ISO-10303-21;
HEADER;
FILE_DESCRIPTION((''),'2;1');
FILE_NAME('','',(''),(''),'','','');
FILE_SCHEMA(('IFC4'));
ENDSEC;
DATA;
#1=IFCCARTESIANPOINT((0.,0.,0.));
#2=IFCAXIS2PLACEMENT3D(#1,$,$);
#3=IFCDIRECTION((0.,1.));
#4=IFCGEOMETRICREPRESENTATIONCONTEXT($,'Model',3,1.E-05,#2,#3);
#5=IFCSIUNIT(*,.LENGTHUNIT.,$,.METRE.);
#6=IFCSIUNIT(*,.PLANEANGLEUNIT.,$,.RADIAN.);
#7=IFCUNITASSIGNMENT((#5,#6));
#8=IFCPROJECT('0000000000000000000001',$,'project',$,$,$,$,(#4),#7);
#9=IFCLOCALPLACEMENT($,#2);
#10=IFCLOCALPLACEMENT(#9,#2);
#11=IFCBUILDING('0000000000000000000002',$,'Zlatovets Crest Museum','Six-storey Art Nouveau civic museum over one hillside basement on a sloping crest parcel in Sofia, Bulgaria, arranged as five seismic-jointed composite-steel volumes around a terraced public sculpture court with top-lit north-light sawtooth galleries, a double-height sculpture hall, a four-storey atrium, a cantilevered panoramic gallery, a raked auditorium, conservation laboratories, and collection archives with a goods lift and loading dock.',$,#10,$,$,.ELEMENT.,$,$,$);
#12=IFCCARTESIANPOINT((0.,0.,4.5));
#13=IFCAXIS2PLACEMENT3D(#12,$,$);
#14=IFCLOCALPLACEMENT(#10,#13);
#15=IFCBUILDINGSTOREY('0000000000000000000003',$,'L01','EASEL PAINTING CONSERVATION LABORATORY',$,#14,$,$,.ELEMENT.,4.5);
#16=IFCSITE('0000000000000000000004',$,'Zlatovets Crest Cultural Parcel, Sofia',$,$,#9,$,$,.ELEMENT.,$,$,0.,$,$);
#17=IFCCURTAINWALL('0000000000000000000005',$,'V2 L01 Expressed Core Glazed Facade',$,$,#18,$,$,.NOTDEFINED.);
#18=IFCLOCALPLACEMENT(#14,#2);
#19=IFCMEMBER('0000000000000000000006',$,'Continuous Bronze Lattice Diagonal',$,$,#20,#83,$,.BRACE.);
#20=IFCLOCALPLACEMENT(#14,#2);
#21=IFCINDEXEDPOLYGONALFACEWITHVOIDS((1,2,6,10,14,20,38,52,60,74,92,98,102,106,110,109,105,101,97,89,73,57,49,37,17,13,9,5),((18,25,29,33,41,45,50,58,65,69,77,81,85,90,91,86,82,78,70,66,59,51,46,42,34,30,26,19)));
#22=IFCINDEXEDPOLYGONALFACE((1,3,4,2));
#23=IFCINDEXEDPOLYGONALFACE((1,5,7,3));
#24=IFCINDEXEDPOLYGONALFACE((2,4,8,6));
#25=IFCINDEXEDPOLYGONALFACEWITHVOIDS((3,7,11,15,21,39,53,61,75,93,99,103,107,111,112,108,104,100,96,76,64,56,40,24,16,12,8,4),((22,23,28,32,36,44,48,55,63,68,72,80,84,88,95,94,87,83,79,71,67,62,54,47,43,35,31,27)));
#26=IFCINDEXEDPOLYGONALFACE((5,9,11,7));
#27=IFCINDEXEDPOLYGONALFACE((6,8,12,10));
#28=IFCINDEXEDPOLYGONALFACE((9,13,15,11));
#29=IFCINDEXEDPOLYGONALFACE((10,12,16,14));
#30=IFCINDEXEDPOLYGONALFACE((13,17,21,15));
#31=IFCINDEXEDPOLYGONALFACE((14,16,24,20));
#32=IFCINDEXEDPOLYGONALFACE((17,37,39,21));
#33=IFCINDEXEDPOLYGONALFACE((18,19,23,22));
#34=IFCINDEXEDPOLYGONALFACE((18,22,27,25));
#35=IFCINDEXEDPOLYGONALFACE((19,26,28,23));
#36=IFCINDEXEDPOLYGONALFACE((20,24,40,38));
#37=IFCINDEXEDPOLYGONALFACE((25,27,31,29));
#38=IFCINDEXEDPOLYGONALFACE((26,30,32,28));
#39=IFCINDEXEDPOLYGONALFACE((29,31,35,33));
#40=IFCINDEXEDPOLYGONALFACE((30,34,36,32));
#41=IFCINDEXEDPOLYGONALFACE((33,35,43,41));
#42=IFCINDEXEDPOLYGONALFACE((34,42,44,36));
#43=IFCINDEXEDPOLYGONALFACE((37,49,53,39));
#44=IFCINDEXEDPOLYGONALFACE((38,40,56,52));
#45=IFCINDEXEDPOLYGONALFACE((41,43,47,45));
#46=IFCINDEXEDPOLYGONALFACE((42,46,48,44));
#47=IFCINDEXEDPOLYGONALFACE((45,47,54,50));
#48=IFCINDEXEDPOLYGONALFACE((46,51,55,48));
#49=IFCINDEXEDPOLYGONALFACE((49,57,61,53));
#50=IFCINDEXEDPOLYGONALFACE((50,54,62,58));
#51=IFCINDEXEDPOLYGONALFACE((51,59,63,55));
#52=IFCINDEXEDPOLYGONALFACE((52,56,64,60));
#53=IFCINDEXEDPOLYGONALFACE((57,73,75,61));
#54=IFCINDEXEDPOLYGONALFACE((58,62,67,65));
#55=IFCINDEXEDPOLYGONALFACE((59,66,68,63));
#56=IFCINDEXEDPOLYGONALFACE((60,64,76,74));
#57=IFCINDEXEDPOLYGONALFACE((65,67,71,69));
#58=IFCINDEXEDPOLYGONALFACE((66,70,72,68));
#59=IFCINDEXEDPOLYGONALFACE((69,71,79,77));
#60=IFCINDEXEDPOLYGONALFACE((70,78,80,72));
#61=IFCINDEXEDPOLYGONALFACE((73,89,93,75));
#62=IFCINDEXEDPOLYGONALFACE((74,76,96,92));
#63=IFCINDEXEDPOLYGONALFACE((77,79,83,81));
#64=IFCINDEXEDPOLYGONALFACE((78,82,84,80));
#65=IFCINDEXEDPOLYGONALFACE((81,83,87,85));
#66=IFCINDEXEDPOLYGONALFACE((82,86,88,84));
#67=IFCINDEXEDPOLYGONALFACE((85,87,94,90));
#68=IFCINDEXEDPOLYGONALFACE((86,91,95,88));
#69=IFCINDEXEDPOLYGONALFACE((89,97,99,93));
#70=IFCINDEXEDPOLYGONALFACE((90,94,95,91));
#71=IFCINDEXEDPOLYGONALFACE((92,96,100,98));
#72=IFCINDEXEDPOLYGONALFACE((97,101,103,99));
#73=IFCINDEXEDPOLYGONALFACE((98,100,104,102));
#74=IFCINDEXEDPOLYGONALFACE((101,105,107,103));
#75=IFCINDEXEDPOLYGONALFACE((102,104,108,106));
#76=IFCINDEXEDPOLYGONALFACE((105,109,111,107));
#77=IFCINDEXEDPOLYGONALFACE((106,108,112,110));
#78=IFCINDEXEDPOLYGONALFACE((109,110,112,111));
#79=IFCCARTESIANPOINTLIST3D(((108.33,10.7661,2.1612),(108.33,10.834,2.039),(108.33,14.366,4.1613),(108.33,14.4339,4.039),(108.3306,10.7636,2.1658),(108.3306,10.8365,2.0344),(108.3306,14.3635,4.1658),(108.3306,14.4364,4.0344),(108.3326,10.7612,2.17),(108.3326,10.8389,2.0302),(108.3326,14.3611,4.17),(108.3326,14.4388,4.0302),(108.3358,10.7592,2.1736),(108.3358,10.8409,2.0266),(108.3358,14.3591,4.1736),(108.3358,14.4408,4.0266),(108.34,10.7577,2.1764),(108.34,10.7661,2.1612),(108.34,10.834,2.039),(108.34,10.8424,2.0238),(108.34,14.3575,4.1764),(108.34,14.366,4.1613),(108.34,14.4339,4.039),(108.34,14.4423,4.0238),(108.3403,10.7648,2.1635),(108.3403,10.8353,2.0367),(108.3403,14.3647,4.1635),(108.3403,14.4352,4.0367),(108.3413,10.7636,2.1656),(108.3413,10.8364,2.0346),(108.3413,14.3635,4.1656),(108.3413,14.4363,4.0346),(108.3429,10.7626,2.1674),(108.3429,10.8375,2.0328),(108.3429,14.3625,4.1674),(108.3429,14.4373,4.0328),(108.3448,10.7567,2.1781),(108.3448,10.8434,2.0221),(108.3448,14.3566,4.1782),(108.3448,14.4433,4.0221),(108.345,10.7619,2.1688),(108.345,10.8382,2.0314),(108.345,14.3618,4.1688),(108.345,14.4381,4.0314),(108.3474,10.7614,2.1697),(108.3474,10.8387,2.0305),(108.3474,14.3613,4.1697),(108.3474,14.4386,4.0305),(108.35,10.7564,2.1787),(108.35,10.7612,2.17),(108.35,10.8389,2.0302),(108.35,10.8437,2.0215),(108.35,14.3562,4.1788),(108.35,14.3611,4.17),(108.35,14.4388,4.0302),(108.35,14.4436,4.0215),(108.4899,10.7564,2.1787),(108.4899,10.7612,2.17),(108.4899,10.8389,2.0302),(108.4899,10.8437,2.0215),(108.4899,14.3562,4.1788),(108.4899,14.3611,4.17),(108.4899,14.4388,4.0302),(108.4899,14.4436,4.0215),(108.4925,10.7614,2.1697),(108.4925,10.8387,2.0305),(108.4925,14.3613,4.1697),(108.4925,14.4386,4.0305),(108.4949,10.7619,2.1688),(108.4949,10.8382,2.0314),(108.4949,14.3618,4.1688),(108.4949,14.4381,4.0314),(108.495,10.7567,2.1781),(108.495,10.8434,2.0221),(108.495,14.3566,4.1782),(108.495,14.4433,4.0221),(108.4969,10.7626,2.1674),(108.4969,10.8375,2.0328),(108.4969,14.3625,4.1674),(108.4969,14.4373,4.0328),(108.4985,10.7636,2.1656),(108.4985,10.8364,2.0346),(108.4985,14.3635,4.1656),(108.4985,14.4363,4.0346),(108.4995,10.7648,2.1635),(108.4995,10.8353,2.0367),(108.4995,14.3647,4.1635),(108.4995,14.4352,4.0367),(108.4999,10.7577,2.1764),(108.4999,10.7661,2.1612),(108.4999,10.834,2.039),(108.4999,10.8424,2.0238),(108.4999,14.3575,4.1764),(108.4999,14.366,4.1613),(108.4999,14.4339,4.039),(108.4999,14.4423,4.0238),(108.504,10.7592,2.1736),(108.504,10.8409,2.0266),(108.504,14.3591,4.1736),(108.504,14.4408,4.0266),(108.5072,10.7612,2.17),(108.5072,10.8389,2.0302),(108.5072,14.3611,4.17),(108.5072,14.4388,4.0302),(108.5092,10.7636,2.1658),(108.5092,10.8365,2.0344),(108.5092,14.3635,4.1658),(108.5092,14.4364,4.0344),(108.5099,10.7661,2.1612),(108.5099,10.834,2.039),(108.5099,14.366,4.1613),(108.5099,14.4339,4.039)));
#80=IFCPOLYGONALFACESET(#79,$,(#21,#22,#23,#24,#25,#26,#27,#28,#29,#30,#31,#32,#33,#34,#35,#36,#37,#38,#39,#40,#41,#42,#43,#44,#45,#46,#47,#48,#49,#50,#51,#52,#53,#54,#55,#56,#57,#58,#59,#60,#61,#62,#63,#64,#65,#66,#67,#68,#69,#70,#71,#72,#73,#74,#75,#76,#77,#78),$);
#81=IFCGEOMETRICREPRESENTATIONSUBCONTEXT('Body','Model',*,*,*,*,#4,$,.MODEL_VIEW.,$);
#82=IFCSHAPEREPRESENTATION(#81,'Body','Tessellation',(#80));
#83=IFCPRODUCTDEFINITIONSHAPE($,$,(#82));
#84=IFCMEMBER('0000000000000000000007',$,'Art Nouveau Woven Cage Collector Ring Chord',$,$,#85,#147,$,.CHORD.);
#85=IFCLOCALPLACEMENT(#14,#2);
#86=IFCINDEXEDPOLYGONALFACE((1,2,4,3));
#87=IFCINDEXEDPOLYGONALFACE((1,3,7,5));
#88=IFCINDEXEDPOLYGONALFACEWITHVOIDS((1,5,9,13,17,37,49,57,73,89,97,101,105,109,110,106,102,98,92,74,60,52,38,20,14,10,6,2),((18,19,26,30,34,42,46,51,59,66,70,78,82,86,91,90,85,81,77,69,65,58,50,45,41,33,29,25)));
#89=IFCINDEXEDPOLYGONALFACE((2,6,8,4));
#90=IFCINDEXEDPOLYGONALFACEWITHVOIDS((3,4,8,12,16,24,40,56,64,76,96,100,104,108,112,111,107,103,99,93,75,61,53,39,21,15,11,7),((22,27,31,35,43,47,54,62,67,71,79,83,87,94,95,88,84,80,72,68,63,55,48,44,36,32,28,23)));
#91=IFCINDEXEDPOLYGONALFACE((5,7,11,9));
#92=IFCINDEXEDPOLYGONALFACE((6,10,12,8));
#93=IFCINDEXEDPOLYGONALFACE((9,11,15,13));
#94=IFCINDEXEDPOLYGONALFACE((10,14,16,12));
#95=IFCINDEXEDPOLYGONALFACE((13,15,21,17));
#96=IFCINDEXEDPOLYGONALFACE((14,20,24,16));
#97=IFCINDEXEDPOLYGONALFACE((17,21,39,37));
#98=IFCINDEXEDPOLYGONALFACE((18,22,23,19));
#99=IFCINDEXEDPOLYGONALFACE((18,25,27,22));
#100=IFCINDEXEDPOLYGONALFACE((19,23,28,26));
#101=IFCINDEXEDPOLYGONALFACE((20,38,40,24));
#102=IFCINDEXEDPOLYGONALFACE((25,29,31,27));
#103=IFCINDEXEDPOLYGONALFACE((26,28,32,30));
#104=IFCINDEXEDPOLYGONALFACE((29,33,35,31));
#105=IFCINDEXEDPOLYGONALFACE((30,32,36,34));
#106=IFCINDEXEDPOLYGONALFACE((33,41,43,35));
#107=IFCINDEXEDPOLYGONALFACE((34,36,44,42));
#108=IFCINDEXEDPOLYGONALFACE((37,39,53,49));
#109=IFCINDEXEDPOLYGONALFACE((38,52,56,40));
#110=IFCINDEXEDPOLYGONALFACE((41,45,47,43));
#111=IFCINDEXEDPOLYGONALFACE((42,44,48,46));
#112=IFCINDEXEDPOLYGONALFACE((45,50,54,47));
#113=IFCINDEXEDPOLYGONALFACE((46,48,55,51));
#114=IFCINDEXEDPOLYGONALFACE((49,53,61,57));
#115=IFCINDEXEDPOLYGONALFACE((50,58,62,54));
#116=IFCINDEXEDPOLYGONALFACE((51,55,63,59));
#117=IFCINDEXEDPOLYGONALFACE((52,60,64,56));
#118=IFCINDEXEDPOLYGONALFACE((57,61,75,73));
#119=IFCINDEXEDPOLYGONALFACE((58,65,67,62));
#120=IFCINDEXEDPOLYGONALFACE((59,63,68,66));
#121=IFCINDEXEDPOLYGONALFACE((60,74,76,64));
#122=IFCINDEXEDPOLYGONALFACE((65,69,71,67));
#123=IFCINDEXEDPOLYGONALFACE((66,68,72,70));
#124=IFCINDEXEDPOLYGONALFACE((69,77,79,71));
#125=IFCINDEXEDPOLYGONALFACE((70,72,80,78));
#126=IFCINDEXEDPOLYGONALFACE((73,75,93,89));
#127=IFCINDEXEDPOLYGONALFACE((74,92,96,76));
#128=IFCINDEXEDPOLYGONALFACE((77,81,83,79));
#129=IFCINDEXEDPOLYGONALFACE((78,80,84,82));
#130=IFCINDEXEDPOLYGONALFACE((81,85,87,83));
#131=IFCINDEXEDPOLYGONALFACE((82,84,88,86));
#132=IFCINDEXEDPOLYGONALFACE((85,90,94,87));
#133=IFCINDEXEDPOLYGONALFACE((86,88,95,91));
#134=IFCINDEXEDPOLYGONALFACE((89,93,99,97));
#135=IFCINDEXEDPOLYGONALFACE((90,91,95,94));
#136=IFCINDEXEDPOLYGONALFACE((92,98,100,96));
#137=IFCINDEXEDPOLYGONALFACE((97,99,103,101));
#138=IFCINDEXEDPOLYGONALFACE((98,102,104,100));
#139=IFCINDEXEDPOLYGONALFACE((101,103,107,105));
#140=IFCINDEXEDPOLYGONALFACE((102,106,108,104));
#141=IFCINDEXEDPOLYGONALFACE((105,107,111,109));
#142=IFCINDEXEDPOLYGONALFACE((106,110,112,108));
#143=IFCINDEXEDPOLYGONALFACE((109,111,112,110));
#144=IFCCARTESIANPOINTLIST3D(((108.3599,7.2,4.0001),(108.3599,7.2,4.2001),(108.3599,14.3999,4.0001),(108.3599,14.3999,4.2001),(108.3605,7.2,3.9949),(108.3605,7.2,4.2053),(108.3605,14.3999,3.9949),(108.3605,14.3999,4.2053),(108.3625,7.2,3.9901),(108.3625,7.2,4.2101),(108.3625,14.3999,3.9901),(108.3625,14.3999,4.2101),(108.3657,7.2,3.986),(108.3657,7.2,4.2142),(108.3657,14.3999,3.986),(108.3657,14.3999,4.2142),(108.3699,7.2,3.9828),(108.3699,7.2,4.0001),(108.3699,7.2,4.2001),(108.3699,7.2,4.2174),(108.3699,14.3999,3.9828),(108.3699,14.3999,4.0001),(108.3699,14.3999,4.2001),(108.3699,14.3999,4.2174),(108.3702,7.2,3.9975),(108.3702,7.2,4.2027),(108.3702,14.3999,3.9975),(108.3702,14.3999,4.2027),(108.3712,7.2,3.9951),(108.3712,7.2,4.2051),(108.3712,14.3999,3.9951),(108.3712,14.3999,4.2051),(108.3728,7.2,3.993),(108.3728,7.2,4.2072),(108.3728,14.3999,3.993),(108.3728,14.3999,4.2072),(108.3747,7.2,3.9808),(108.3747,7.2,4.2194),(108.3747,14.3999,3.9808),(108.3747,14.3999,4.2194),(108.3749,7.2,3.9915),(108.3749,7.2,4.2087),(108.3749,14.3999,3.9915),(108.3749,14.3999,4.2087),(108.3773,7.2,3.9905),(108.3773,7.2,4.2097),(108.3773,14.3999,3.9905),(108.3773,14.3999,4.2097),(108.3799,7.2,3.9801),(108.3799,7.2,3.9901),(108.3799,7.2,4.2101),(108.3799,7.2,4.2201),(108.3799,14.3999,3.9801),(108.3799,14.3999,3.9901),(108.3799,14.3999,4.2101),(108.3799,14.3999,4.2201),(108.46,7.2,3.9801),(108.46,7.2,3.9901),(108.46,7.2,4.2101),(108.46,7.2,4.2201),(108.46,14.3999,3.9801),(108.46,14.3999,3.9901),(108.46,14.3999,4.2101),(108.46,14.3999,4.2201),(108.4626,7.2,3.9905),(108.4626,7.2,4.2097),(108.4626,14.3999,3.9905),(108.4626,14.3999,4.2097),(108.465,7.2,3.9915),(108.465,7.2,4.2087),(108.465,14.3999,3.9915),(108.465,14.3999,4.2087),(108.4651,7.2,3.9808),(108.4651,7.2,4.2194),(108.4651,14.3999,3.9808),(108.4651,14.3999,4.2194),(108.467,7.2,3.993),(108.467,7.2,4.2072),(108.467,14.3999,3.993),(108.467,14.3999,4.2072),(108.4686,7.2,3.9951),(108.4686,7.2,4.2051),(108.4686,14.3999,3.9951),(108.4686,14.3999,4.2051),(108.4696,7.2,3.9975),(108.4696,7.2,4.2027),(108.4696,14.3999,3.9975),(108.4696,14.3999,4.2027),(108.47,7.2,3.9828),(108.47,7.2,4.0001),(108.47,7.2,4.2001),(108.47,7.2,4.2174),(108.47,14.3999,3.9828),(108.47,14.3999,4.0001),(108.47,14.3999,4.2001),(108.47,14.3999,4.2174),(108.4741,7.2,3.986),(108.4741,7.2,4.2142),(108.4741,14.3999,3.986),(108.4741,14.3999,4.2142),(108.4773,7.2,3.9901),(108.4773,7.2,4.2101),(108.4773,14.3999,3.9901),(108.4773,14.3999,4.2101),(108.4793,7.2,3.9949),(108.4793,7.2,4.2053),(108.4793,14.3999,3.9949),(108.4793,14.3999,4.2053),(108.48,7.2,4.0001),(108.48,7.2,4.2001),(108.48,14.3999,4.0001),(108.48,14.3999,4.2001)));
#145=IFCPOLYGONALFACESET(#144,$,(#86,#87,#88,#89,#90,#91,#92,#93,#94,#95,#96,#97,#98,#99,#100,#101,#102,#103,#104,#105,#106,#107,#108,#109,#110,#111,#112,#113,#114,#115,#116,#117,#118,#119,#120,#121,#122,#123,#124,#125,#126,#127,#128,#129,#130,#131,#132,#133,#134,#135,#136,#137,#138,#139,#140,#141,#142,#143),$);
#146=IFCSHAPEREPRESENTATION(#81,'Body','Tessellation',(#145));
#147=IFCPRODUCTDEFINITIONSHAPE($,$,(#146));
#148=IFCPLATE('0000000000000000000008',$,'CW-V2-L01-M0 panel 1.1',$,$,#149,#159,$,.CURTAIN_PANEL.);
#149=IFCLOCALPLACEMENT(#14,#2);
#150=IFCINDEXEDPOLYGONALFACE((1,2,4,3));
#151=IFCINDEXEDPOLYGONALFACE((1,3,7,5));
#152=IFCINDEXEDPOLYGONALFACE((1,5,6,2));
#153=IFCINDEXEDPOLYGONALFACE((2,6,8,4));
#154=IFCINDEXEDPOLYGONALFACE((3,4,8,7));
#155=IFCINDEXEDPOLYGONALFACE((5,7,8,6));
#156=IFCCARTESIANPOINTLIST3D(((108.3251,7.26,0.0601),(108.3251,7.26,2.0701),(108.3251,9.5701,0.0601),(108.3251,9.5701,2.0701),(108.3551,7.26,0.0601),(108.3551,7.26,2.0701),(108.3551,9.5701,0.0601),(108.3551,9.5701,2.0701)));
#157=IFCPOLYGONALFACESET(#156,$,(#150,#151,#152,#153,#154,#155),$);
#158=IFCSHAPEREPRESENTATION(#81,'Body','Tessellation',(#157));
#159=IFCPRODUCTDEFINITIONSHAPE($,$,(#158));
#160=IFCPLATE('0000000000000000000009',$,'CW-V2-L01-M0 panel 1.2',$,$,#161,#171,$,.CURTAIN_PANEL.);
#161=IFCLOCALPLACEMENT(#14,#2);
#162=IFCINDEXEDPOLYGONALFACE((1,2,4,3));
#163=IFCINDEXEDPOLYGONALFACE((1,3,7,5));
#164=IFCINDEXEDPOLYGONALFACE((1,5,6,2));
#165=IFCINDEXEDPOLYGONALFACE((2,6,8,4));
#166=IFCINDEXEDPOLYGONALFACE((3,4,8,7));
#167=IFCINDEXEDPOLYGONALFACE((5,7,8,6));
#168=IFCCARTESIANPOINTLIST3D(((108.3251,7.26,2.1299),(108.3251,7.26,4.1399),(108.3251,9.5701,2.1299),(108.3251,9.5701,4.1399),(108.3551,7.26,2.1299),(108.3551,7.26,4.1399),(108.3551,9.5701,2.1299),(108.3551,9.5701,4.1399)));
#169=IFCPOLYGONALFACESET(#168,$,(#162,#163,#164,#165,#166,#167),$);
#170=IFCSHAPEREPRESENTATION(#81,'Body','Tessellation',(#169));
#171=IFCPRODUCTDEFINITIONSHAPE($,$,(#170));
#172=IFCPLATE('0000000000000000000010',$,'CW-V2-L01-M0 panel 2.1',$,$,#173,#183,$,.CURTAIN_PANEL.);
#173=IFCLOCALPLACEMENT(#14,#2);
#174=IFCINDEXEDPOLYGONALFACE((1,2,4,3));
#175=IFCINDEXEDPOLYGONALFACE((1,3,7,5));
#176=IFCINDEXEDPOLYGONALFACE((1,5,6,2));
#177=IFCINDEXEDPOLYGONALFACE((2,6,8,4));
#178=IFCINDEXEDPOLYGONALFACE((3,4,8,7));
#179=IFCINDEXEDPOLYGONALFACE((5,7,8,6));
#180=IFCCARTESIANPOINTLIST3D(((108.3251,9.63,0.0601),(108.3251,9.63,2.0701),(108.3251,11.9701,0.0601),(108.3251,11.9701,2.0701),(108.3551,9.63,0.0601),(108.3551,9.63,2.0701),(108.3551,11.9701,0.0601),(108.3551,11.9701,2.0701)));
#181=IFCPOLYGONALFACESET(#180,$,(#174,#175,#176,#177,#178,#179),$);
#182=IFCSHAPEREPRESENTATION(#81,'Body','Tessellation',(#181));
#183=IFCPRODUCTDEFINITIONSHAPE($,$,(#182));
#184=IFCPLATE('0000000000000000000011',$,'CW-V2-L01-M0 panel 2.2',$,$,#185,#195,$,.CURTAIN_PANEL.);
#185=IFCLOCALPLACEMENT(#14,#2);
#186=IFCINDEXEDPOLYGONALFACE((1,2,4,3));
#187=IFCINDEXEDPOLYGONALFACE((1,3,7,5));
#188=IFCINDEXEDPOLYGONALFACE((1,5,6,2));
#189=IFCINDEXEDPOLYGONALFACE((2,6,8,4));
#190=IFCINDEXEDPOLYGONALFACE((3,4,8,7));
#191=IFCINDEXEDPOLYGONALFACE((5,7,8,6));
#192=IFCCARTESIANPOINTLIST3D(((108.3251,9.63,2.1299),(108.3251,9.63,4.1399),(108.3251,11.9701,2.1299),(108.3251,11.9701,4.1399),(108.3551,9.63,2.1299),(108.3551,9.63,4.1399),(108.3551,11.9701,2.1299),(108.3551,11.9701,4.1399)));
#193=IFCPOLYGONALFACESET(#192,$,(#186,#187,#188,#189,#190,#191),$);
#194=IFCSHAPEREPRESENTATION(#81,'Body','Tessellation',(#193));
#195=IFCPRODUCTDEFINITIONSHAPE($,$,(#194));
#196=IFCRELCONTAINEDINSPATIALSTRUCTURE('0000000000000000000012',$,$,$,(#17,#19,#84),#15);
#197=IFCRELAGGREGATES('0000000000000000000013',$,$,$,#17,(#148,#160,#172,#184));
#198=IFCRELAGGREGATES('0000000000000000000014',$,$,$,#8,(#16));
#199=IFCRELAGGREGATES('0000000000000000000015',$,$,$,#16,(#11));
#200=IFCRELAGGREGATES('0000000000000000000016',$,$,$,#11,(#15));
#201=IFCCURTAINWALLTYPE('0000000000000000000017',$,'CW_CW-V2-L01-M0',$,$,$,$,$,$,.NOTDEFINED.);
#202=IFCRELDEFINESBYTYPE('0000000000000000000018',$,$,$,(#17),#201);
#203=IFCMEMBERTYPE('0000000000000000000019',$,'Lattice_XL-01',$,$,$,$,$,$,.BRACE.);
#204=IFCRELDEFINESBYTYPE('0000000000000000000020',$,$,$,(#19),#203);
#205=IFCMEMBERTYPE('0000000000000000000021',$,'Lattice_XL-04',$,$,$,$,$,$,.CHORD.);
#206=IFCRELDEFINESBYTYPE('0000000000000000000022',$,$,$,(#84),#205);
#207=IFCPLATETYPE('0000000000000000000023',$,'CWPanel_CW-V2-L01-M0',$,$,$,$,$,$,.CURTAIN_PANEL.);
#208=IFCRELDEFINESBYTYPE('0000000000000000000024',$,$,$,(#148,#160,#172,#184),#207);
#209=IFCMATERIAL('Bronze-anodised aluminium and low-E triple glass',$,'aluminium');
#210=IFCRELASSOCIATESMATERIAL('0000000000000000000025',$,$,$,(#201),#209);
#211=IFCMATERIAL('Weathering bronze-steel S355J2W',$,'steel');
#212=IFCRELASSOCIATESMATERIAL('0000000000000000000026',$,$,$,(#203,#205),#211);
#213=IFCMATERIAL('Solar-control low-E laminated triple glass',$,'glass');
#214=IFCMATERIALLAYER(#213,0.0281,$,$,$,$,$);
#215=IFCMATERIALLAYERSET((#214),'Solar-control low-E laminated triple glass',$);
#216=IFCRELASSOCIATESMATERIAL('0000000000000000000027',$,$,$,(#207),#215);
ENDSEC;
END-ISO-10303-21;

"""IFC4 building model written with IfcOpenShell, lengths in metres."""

from ifc_helpers import new_model, si_unit, direction, frame, origin, origin_2d, place, context, subcontext, project, spatial, rectangle, hollow_rectangle, extrude, material, layer, layer_set, material_profile, profile_set, type_object, element, aggregate, save


model = new_model("IFC4")

# Units and contexts
model_context = context("Model", 3, precision=1e-05, world=origin(), true_north=direction((0.0, 1.0)))
body_context = subcontext(model_context, "Body", "Model", "MODEL_VIEW")
ifc_project = project(units=[si_unit("LENGTHUNIT", "METRE"), si_unit("PLANEANGLEUNIT", "RADIAN")], contexts=[model_context])

# Site, building, storey
site_placement = place(None, origin())
site = spatial("IfcSite", under=ifc_project, at=site_placement, Name="Zlatovets Crest Cultural Parcel, Sofia", CompositionType="ELEMENT", RefElevation=0.0)
building_placement = place(site_placement, origin())
building = spatial("IfcBuilding", under=site, at=building_placement, Name="Zlatovets Crest Museum", Description="Six-storey Art Nouveau civic museum over one hillside basement on a sloping crest parcel in Sofia, Bulgaria, arranged as five seismic-jointed composite-steel volumes around a terraced public sculpture court with top-lit north-light sawtooth galleries, a double-height sculpture hall, a four-storey atrium, a cantilevered panoramic gallery, a raked auditorium, conservation laboratories, and collection archives with a goods lift and loading dock.", CompositionType="ELEMENT")
storey_placement = place(building_placement, frame((0.0, 0.0, 4.5)))
storey = spatial("IfcBuildingStorey", under=building, at=storey_placement, Name="L01", Description="EASEL PAINTING CONSERVATION LABORATORY", CompositionType="ELEMENT", Elevation=4.5)

# Curtain wall
ifc_material_1 = material(Name="Bronze-anodised aluminium and low-E triple glass", Category="aluminium")
curtain_wall_type = type_object("IfcCurtainWallType", Name="CW_CW-V2-L01-M0", PredefinedType="NOTDEFINED", material=ifc_material_1)
curtain_wall_placement = place(storey_placement, origin())
curtain_wall = element("IfcCurtainWall", 1, at=curtain_wall_placement, inside=storey, type_object=curtain_wall_type, Name="V2 L01 Expressed Core Glazed Facade", PredefinedType="NOTDEFINED")

# Members
ifc_material_2 = material(Name="Weathering bronze-steel S355J2W", Category="steel")
ifc_material_profile_1 = material_profile(ifc_material_2, hollow_rectangle(XDim=0.1799, YDim=0.1799, WallThickness=0.01, InnerFilletRadius=0.01, OuterFilletRadius=0.02, at=origin_2d()), Name="SHS 180x180x10.0")
ifc_profile_set_1 = profile_set([ifc_material_profile_1], Name="Weathering bronze-steel S355J2W")
member_type_1 = type_object("IfcMemberType", Name="Lattice_XL-01", PredefinedType="BRACE", material=ifc_profile_set_1)
member_1_placement = place(storey_placement, frame((108.4199, 10.8, 2.1001), z_axis=(0.0, 0.874149, 0.485658), x_axis=(-1.0, 0.0, 0.0)))
element("IfcMember", 2, at=member_1_placement, inside=storey, type_object=member_type_1, Name="Continuous Bronze Lattice Diagonal", PredefinedType="BRACE", context=body_context, shape_type="SweptSolid", body=[
    extrude(hollow_rectangle(XDim=0.1799, YDim=0.1799, WallThickness=0.01, InnerFilletRadius=0.01, OuterFilletRadius=0.02, at=origin_2d()), origin(), (0.0, 0.0, 1.0), 4.1182),
])
ifc_material_profile_2 = material_profile(ifc_material_2, hollow_rectangle(XDim=0.1201, YDim=0.24, WallThickness=0.01, InnerFilletRadius=0.01, OuterFilletRadius=0.02, at=origin_2d()), Name="RHS 120x240x10.0")
ifc_profile_set_2 = profile_set([ifc_material_profile_2], Name="Weathering bronze-steel S355J2W")
member_type_2 = type_object("IfcMemberType", Name="Lattice_XL-04", PredefinedType="CHORD", material=ifc_profile_set_2)
member_2_placement = place(storey_placement, frame((108.4199, 7.2, 4.1001), z_axis=(0.0, 1.0, 0.0), x_axis=(-1.0, 0.0, 0.0)))
element("IfcMember", 3, at=member_2_placement, inside=storey, type_object=member_type_2, Name="Art Nouveau Woven Cage Collector Ring Chord", PredefinedType="CHORD", context=body_context, shape_type="SweptSolid", body=[
    extrude(hollow_rectangle(XDim=0.1201, YDim=0.24, WallThickness=0.01, InnerFilletRadius=0.01, OuterFilletRadius=0.02, at=origin_2d()), origin(), (0.0, 0.0, 1.0), 7.2),
])

# Plates
ifc_material_3 = material(Name="Solar-control low-E laminated triple glass", Category="glass")
ifc_layer_1 = layer(ifc_material_3, 0.0281)
ifc_layer_set_1 = layer_set([ifc_layer_1], Name="Solar-control low-E laminated triple glass")
plate_type_1 = type_object("IfcPlateType", Name="CWPanel_CW-V2-L01-M0", PredefinedType="CURTAIN_PANEL", material=ifc_layer_set_1)
plate_1_placement = place(storey_placement, frame((108.3401, 8.415, 0.0601), z_axis=(0.0, 0.0, 1.0), x_axis=(0.0, 1.0, 0.0)))
plate_1 = element("IfcPlate", 4, at=plate_1_placement, type_object=plate_type_1, Name="CW-V2-L01-M0 panel 1.1", PredefinedType="CURTAIN_PANEL", context=body_context, shape_type="SweptSolid", body=[
    extrude(rectangle(XDim=2.3101, YDim=0.03, at=origin_2d()), origin(), (0.0, 0.0, 1.0), 2.01),
])
plate_2_placement = place(storey_placement, frame((108.3401, 8.415, 2.1299), z_axis=(0.0, 0.0, 1.0), x_axis=(0.0, 1.0, 0.0)))
plate_2 = element("IfcPlate", 5, at=plate_2_placement, type_object=plate_type_1, Name="CW-V2-L01-M0 panel 1.2", PredefinedType="CURTAIN_PANEL", context=body_context, shape_type="SweptSolid", body=[
    extrude(rectangle(XDim=2.3101, YDim=0.03, at=origin_2d()), origin(), (0.0, 0.0, 1.0), 2.01),
])
plate_3_placement = place(storey_placement, frame((108.3401, 10.8, 0.0601), z_axis=(0.0, 0.0, 1.0), x_axis=(0.0, 1.0, 0.0)))
plate_3 = element("IfcPlate", 6, at=plate_3_placement, type_object=plate_type_1, Name="CW-V2-L01-M0 panel 2.1", PredefinedType="CURTAIN_PANEL", context=body_context, shape_type="SweptSolid", body=[
    extrude(rectangle(XDim=2.3401, YDim=0.03, at=origin_2d()), origin(), (0.0, 0.0, 1.0), 2.01),
])
plate_4_placement = place(storey_placement, frame((108.3401, 10.8, 2.1299), z_axis=(0.0, 0.0, 1.0), x_axis=(0.0, 1.0, 0.0)))
plate_4 = element("IfcPlate", 7, at=plate_4_placement, type_object=plate_type_1, Name="CW-V2-L01-M0 panel 2.2", PredefinedType="CURTAIN_PANEL", context=body_context, shape_type="SweptSolid", body=[
    extrude(rectangle(XDim=2.3401, YDim=0.03, at=origin_2d()), origin(), (0.0, 0.0, 1.0), 2.01),
])
aggregate(curtain_wall, [plate_1, plate_2, plate_3, plate_4])

save(model, "model.ifc")
